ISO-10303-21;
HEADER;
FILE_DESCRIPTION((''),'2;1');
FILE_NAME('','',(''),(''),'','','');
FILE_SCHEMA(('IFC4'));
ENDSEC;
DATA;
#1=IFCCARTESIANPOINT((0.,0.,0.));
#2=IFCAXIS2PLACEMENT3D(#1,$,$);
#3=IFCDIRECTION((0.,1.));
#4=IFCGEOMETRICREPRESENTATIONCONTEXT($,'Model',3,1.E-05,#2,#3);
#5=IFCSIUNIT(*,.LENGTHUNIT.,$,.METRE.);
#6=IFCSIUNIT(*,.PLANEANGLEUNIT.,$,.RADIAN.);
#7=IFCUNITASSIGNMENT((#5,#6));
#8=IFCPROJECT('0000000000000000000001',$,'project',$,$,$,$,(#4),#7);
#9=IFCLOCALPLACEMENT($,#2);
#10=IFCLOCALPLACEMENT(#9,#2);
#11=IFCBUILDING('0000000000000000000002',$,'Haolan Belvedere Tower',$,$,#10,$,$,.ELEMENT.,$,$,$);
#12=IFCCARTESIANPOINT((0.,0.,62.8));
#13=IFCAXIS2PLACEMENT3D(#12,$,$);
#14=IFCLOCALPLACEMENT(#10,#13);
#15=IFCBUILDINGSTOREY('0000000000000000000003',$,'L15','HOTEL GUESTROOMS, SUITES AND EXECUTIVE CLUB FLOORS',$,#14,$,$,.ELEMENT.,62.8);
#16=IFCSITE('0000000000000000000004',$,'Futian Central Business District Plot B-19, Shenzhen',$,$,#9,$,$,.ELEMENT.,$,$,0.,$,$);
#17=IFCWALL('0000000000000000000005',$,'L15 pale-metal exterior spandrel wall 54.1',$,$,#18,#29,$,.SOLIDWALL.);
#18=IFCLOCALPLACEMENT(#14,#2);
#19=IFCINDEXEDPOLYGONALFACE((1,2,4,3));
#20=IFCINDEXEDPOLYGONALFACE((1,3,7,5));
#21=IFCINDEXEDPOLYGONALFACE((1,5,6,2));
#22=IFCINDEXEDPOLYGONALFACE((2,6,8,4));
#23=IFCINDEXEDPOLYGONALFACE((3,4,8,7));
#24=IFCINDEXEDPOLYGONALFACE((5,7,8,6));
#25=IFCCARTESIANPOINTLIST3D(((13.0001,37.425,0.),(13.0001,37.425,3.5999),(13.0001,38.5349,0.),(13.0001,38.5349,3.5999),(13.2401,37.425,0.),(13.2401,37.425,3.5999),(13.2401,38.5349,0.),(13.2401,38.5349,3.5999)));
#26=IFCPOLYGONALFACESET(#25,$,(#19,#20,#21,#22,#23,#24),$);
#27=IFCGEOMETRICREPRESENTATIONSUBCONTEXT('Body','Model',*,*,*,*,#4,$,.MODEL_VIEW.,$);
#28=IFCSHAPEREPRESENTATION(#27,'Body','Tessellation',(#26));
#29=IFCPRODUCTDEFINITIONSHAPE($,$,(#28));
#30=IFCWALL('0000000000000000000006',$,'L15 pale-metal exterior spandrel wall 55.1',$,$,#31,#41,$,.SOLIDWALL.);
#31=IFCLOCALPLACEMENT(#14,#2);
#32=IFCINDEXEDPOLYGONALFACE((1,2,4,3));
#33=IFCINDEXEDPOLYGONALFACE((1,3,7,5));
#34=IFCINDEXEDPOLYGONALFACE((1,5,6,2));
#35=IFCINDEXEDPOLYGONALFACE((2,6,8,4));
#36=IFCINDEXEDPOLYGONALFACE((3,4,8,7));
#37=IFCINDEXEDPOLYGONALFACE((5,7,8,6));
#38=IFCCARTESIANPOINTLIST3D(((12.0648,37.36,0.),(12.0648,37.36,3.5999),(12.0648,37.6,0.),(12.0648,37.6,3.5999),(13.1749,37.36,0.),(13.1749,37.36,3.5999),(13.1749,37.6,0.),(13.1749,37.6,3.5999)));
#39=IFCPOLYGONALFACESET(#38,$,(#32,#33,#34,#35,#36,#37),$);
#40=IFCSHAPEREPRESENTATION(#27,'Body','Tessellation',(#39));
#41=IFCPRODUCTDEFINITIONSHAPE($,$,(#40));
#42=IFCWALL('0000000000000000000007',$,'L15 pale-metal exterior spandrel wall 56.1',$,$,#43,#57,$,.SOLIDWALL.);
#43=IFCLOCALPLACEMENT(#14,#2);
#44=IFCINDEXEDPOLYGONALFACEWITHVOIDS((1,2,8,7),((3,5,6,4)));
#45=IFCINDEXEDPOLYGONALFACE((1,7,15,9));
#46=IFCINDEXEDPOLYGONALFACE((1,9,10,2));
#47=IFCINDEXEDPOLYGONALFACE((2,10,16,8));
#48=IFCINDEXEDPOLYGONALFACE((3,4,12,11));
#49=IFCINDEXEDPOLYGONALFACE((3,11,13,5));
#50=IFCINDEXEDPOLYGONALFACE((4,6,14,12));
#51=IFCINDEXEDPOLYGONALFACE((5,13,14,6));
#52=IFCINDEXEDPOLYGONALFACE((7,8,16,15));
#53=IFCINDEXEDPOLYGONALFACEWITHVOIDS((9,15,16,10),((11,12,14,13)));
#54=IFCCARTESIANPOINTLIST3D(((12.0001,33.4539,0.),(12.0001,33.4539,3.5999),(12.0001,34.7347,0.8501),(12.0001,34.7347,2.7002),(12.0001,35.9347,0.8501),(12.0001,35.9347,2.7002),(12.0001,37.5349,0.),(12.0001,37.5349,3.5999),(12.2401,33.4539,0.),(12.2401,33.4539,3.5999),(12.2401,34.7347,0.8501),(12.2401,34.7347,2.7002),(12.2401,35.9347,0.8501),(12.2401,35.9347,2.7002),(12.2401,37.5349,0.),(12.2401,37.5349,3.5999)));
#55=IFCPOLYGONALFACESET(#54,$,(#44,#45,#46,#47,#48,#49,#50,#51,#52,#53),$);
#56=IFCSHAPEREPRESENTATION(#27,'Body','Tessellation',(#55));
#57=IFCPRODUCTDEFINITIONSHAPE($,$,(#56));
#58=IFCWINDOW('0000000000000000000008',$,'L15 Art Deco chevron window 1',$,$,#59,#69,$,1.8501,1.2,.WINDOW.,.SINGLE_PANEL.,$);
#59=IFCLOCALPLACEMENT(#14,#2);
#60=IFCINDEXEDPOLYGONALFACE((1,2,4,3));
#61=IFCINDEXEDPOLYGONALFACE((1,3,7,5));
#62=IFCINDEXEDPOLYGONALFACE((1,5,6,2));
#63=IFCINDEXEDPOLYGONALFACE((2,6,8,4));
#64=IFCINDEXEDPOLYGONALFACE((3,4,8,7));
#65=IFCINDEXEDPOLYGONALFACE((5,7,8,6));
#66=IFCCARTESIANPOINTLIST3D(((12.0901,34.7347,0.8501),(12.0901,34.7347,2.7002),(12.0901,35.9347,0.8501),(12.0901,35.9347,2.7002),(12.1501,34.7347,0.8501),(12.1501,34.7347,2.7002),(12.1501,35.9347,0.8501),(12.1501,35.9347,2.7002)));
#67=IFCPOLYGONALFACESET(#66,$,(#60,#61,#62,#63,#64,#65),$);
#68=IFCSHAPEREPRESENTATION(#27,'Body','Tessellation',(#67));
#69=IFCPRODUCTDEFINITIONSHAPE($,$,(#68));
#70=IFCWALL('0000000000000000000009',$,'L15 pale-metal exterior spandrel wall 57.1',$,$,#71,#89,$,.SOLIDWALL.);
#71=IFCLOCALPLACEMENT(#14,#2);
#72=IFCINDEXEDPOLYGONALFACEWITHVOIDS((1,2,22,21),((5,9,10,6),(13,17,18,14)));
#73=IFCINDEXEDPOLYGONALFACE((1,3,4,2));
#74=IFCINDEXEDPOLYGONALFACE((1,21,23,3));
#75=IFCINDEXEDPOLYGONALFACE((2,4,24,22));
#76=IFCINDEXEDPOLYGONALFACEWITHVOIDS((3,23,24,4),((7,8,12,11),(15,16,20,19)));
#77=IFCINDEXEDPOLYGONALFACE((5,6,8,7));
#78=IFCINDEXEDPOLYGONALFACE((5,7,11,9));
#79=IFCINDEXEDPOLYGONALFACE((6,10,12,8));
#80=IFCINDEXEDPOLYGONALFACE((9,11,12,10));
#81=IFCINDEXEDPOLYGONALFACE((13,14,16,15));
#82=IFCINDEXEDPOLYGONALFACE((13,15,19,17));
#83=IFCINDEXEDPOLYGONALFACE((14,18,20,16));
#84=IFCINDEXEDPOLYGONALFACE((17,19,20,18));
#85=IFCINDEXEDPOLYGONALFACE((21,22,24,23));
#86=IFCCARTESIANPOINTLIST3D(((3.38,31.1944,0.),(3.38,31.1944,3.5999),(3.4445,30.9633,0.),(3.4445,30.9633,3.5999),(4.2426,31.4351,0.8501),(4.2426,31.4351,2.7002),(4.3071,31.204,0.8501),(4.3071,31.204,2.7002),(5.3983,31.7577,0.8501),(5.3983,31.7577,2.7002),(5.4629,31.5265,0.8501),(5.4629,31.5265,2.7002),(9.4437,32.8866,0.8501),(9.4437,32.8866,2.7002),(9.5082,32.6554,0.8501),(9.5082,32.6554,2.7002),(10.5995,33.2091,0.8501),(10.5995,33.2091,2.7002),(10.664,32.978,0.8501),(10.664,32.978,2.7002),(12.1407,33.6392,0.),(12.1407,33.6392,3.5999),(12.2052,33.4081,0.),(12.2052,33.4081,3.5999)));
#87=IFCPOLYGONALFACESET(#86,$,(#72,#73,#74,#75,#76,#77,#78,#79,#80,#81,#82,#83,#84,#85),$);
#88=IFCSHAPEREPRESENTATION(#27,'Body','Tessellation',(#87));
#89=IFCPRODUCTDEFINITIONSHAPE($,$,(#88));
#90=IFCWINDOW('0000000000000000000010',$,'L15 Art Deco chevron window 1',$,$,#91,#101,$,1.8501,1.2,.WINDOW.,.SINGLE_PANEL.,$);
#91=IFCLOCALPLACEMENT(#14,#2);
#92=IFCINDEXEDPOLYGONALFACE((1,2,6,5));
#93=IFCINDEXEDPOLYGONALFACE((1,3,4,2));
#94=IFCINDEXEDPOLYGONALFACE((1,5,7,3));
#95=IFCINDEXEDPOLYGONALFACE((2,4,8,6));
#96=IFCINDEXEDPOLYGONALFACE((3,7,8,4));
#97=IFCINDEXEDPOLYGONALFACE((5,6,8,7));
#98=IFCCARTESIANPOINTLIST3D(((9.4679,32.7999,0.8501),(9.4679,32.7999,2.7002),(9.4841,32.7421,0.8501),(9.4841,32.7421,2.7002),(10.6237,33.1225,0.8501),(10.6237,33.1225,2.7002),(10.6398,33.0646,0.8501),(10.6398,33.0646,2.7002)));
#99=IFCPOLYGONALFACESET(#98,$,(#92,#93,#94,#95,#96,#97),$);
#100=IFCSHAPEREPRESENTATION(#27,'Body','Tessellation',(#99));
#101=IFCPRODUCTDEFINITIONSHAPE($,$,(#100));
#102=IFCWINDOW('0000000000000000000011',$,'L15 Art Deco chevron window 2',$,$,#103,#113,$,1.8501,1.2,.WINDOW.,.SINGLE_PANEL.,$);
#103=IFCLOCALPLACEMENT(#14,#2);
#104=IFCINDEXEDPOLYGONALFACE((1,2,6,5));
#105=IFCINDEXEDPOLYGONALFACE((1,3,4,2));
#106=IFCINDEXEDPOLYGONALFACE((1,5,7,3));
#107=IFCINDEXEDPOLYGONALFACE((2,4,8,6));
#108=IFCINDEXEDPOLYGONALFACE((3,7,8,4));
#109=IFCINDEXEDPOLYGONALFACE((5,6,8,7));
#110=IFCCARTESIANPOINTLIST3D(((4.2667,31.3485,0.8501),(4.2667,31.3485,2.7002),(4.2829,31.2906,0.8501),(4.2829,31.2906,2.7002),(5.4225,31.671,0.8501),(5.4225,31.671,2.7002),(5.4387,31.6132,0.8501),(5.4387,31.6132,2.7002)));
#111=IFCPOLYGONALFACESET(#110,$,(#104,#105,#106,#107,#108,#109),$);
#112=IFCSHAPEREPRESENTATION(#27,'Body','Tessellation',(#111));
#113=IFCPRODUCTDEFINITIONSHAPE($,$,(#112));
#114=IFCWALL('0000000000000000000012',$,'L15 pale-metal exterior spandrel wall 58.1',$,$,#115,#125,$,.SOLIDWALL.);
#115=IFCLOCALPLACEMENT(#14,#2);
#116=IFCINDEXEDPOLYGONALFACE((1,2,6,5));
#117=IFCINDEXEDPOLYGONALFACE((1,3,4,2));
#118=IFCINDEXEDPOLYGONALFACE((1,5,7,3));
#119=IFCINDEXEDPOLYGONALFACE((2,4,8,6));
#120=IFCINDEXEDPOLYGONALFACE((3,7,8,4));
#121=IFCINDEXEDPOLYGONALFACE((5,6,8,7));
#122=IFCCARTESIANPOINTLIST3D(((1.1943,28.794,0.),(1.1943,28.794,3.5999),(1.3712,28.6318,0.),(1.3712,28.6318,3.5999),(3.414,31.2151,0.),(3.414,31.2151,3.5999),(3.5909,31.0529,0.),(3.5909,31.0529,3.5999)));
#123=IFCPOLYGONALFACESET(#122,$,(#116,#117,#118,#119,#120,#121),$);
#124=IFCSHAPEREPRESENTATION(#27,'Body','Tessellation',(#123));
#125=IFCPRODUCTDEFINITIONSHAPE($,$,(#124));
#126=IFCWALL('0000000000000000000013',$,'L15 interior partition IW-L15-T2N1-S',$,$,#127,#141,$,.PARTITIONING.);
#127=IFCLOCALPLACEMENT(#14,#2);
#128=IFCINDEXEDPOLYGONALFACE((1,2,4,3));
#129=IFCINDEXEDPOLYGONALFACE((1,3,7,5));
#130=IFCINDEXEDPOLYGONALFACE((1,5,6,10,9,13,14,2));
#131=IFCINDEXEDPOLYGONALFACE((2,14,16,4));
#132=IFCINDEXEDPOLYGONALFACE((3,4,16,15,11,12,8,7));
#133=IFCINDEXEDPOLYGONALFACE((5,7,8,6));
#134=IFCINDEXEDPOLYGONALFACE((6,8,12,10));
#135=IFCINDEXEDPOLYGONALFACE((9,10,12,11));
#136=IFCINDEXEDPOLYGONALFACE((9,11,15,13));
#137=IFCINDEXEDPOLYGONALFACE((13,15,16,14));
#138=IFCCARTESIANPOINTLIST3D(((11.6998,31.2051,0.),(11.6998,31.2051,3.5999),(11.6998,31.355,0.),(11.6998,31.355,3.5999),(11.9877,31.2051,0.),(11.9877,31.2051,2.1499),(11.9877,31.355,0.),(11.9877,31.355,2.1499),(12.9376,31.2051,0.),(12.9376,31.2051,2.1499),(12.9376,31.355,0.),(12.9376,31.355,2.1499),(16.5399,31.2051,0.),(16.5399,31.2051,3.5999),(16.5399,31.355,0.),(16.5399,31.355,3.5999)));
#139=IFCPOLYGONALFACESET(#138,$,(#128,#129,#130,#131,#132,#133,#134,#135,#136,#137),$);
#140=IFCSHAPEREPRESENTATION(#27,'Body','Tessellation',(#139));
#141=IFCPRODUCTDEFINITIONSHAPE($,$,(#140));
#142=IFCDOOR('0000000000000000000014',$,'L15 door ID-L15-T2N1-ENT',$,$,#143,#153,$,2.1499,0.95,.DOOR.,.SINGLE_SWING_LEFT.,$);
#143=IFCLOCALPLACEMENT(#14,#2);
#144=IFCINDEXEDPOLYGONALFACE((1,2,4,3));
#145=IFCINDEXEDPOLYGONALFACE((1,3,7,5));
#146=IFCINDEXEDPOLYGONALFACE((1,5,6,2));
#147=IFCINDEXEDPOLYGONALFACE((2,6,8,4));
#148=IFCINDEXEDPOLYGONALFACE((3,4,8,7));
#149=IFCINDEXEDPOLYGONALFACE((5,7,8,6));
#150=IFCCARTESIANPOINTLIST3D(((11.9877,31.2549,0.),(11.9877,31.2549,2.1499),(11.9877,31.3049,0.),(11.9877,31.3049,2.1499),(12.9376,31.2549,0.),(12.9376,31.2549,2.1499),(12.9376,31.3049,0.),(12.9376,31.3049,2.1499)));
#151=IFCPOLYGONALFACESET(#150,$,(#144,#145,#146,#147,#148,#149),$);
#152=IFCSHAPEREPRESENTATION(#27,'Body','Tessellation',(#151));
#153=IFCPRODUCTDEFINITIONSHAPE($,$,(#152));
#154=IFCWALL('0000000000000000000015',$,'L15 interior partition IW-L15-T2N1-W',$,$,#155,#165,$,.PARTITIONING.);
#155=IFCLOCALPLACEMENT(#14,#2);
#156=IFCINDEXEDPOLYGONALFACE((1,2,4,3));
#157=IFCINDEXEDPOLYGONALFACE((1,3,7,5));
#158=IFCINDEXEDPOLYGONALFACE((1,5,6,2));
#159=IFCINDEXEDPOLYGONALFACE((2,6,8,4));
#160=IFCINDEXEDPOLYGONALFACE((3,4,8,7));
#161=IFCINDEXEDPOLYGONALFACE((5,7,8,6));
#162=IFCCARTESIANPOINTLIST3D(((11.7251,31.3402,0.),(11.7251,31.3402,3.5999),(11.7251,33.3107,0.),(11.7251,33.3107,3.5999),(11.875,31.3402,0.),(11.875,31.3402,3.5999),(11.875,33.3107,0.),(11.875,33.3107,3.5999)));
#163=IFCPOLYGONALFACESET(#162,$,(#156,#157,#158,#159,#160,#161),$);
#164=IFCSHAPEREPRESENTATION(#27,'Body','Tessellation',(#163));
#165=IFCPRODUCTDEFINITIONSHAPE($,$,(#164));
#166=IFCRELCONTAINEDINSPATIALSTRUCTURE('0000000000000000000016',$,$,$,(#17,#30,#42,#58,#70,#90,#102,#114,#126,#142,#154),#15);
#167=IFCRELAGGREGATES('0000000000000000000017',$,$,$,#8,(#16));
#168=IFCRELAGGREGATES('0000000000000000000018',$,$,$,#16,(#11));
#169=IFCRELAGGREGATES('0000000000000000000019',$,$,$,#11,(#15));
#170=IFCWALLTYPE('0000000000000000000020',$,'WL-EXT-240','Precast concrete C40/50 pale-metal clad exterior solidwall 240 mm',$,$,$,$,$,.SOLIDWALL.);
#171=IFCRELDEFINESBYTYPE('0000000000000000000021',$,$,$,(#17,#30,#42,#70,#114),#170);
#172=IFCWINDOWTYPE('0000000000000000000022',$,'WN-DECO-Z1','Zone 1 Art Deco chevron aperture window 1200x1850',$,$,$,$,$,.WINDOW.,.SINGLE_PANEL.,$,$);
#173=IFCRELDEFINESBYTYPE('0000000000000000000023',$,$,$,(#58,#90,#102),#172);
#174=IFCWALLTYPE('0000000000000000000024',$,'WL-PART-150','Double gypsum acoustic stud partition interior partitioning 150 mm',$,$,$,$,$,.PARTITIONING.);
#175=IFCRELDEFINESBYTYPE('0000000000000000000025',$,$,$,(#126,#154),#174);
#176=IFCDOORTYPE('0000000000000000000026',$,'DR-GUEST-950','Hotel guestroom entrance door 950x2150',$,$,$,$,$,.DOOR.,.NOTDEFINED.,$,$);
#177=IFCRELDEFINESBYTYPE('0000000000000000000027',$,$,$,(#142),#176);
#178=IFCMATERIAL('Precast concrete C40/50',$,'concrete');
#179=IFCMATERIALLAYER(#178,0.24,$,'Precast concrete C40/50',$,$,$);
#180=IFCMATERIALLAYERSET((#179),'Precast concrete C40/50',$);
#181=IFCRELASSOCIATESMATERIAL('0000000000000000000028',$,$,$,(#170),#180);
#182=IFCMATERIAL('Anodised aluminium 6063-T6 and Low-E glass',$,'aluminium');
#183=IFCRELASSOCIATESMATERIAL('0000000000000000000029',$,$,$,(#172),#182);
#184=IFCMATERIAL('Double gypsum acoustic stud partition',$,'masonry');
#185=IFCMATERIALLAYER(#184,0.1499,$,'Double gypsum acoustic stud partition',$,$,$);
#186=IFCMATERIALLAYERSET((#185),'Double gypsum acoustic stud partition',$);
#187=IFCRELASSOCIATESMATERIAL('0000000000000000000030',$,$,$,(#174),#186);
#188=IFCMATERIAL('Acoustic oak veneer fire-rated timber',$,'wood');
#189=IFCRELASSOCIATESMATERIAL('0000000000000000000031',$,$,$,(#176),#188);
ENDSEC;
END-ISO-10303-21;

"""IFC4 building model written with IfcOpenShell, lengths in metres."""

from ifc_helpers import new_model, si_unit, direction, frame, frame_2d, origin, place, context, subcontext, project, spatial, rectangle, extrude, material, layer, layer_set, type_object, element, fill, save


model = new_model("IFC4")

# Units and contexts
model_context = context("Model", 3, precision=1e-05, world=origin(), true_north=direction((0.0, 1.0)))
body_context = subcontext(model_context, "Body", "Model", "MODEL_VIEW")
ifc_project = project(units=[si_unit("LENGTHUNIT", "METRE"), si_unit("PLANEANGLEUNIT", "RADIAN")], contexts=[model_context])

# Site, building, storey
site_placement = place(None, origin())
site = spatial("IfcSite", under=ifc_project, at=site_placement, Name="Futian Central Business District Plot B-19, Shenzhen", CompositionType="ELEMENT", RefElevation=0.0)
building_placement = place(site_placement, origin())
building = spatial("IfcBuilding", under=site, at=building_placement, Name="Haolan Belvedere Tower", CompositionType="ELEMENT")
storey_placement = place(building_placement, frame((0.0, 0.0, 62.8)))
storey = spatial("IfcBuildingStorey", under=building, at=storey_placement, Name="L15", Description="HOTEL GUESTROOMS, SUITES AND EXECUTIVE CLUB FLOORS", CompositionType="ELEMENT", Elevation=62.8)

# Walls
ifc_material_1 = material(Name="Precast concrete C40/50", Category="concrete")
ifc_layer_1 = layer(ifc_material_1, 0.24, Name="Precast concrete C40/50")
ifc_layer_set_1 = layer_set([ifc_layer_1], Name="Precast concrete C40/50")
wall_type_1 = type_object("IfcWallType", Name="WL-EXT-240", Description="Precast concrete C40/50 pale-metal clad exterior solidwall 240 mm", PredefinedType="SOLIDWALL", material=ifc_layer_set_1)
wall_1_placement = place(storey_placement, frame((13.1201, 38.5349, 0.0), z_axis=(0.0, 0.0, 1.0), x_axis=(0.0, -1.0, 0.0)))
element("IfcWall", 1, at=wall_1_placement, inside=storey, type_object=wall_type_1, Name="L15 pale-metal exterior spandrel wall 54.1", PredefinedType="SOLIDWALL", context=body_context, shape_type="SweptSolid", body=[
    extrude(rectangle(XDim=1.1099, YDim=0.24, at=frame_2d((0.5549, 0.0))), origin(), (0.0, 0.0, 1.0), 3.5999),
])
wall_2_placement = place(storey_placement, frame((13.175, 37.48, 0.0), z_axis=(0.0, 0.0, 1.0), x_axis=(-1.0, 0.0, 0.0)))
element("IfcWall", 2, at=wall_2_placement, inside=storey, type_object=wall_type_1, Name="L15 pale-metal exterior spandrel wall 55.1", PredefinedType="SOLIDWALL", context=body_context, shape_type="SweptSolid", body=[
    extrude(rectangle(XDim=1.1101, YDim=0.24, at=frame_2d((0.5552, 0.0))), origin(), (0.0, 0.0, 1.0), 3.5999),
])

# Wall, opening, window
wall_3_placement = place(storey_placement, frame((12.1201, 37.5349, 0.0), z_axis=(0.0, 0.0, 1.0), x_axis=(0.0, -1.0, 0.0)))
wall_3 = element("IfcWall", 3, at=wall_3_placement, inside=storey, type_object=wall_type_1, Name="L15 pale-metal exterior spandrel wall 56.1", PredefinedType="SOLIDWALL", context=body_context, shape_type="SweptSolid", body=[
    extrude(rectangle(XDim=4.0811, YDim=0.24, at=frame_2d((2.0405, 0.0))), origin(), (0.0, 0.0, 1.0), 3.5999),
])
opening_1_placement = place(wall_3_placement, frame((1.6001, 0.0, 0.8501)))
opening_1 = element("IfcOpeningElement", 4, at=opening_1_placement, cuts=wall_3, PredefinedType="OPENING", context=body_context, shape_type="SweptSolid", body=[
    extrude(rectangle(XDim=1.2, YDim=1.8501, at=frame_2d((0.6001, 0.925))), frame((0.0, 0.1299, 0.0), z_axis=(0.0, -1.0, 0.0), x_axis=(1.0, 0.0, 0.0)), (0.0, 0.0, 1.0), 0.26),
])
ifc_material_2 = material(Name="Anodised aluminium 6063-T6 and Low-E glass", Category="aluminium")
window_type = type_object("IfcWindowType", Name="WN-DECO-Z1", Description="Zone 1 Art Deco chevron aperture window 1200x1850", PartitioningType="SINGLE_PANEL", PredefinedType="WINDOW", material=ifc_material_2)
window_1_placement = place(opening_1_placement, origin())
window_1 = element("IfcWindow", 5, at=window_1_placement, inside=storey, type_object=window_type, Name="L15 Art Deco chevron window 1", OverallHeight=1.8501, OverallWidth=1.2, PartitioningType="SINGLE_PANEL", PredefinedType="WINDOW", context=body_context, shape_type="SweptSolid", body=[
    extrude(rectangle(XDim=1.2, YDim=1.8501, at=frame_2d((0.6001, 0.925))), frame((0.0, 0.03, 0.0), z_axis=(0.0, -1.0, 0.0), x_axis=(1.0, 0.0, 0.0)), (0.0, 0.0, 1.0), 0.0601),
])
fill(opening_1, window_1)

# Wall, openings, windows
wall_4_placement = place(storey_placement, frame((12.1731, 33.5237, 0.0), z_axis=(0.0, 0.0, 1.0), x_axis=(-0.963197, -0.268795, 0.0)))
wall_4 = element("IfcWall", 6, at=wall_4_placement, inside=storey, type_object=wall_type_1, Name="L15 pale-metal exterior spandrel wall 57.1", PredefinedType="SOLIDWALL", context=body_context, shape_type="SweptSolid", body=[
    extrude(rectangle(XDim=9.0955, YDim=0.24, at=frame_2d((4.5479, 0.0))), origin(), (0.0, 0.0, 1.0), 3.5999),
])
opening_2_placement = place(wall_4_placement, frame((1.6001, 0.0, 0.8501)))
opening_2 = element("IfcOpeningElement", 7, at=opening_2_placement, cuts=wall_4, PredefinedType="OPENING", context=body_context, shape_type="SweptSolid", body=[
    extrude(rectangle(XDim=1.2, YDim=1.8501, at=frame_2d((0.6001, 0.925))), frame((0.0, 0.1299, 0.0), z_axis=(0.0, -1.0, 0.0), x_axis=(1.0, 0.0, 0.0)), (0.0, 0.0, 1.0), 0.26),
])
opening_3_placement = place(wall_4_placement, frame((7.0, 0.0, 0.8501)))
opening_3 = element("IfcOpeningElement", 8, at=opening_3_placement, cuts=wall_4, PredefinedType="OPENING", context=body_context, shape_type="SweptSolid", body=[
    extrude(rectangle(XDim=1.2, YDim=1.8501, at=frame_2d((0.6001, 0.925))), frame((0.0, 0.1299, 0.0), z_axis=(0.0, -1.0, 0.0), x_axis=(1.0, 0.0, 0.0)), (0.0, 0.0, 1.0), 0.26),
])
window_2_placement = place(opening_2_placement, origin())
window_2 = element("IfcWindow", 9, at=window_2_placement, inside=storey, type_object=window_type, Name="L15 Art Deco chevron window 1", OverallHeight=1.8501, OverallWidth=1.2, PartitioningType="SINGLE_PANEL", PredefinedType="WINDOW", context=body_context, shape_type="SweptSolid", body=[
    extrude(rectangle(XDim=1.2, YDim=1.8501, at=frame_2d((0.6001, 0.925))), frame((0.0, 0.03, 0.0), z_axis=(0.0, -1.0, 0.0), x_axis=(1.0, 0.0, 0.0)), (0.0, 0.0, 1.0), 0.0601),
])
fill(opening_2, window_2)
window_3_placement = place(opening_3_placement, origin())
window_3 = element("IfcWindow", 10, at=window_3_placement, inside=storey, type_object=window_type, Name="L15 Art Deco chevron window 2", OverallHeight=1.8501, OverallWidth=1.2, PartitioningType="SINGLE_PANEL", PredefinedType="WINDOW", context=body_context, shape_type="SweptSolid", body=[
    extrude(rectangle(XDim=1.2, YDim=1.8501, at=frame_2d((0.6001, 0.925))), frame((0.0, 0.03, 0.0), z_axis=(0.0, -1.0, 0.0), x_axis=(1.0, 0.0, 0.0)), (0.0, 0.0, 1.0), 0.0601),
])
fill(opening_3, window_3)

# Wall
wall_5_placement = place(storey_placement, frame((3.5024, 31.134, 0.0), z_axis=(0.0, 0.0, 1.0), x_axis=(-0.675782, -0.737102, 0.0)))
element("IfcWall", 11, at=wall_5_placement, inside=storey, type_object=wall_type_1, Name="L15 pale-metal exterior spandrel wall 58.1", PredefinedType="SOLIDWALL", context=body_context, shape_type="SweptSolid", body=[
    extrude(rectangle(XDim=3.2847, YDim=0.24, at=frame_2d((1.6423, 0.0))), origin(), (0.0, 0.0, 1.0), 3.5999),
])

# Wall, opening, door
ifc_material_3 = material(Name="Double gypsum acoustic stud partition", Category="masonry")
ifc_layer_2 = layer(ifc_material_3, 0.1499, Name="Double gypsum acoustic stud partition")
ifc_layer_set_2 = layer_set([ifc_layer_2], Name="Double gypsum acoustic stud partition")
wall_type_2 = type_object("IfcWallType", Name="WL-PART-150", Description="Double gypsum acoustic stud partition interior partitioning 150 mm", PredefinedType="PARTITIONING", material=ifc_layer_set_2)
wall_6_placement = place(storey_placement, frame((11.7, 31.28, 0.0), z_axis=(0.0, 0.0, 1.0), x_axis=(1.0, 0.0, 0.0)))
wall_6 = element("IfcWall", 12, at=wall_6_placement, inside=storey, type_object=wall_type_2, Name="L15 interior partition IW-L15-T2N1-S", PredefinedType="PARTITIONING", context=body_context, shape_type="SweptSolid", body=[
    extrude(rectangle(XDim=4.8401, YDim=0.1499, at=frame_2d((2.4199, 0.0))), origin(), (0.0, 0.0, 1.0), 3.5999),
])
opening_4_placement = place(wall_6_placement, frame((0.2876, 0.0, 0.0)))
opening_4 = element("IfcOpeningElement", 13, at=opening_4_placement, cuts=wall_6, PredefinedType="OPENING", context=body_context, shape_type="SweptSolid", body=[
    extrude(rectangle(XDim=0.95, YDim=2.1499, at=frame_2d((0.4751, 1.075))), frame((0.0, 0.085, 0.0), z_axis=(0.0, -1.0, 0.0), x_axis=(1.0, 0.0, 0.0)), (0.0, 0.0, 1.0), 0.1699),
])
ifc_material_4 = material(Name="Acoustic oak veneer fire-rated timber", Category="wood")
door_type_1 = type_object("IfcDoorType", Name="DR-GUEST-950", Description="Hotel guestroom entrance door 950x2150", OperationType="NOTDEFINED", PredefinedType="DOOR", material=ifc_material_4)
door_1_placement = place(opening_4_placement, origin())
door_1 = element("IfcDoor", 14, at=door_1_placement, inside=storey, type_object=door_type_1, Name="L15 door ID-L15-T2N1-ENT", OperationType="SINGLE_SWING_LEFT", OverallHeight=2.1499, OverallWidth=0.95, PredefinedType="DOOR", context=body_context, shape_type="SweptSolid", body=[
    extrude(rectangle(XDim=0.95, YDim=2.1499, at=frame_2d((0.4751, 1.075))), frame((0.0, 0.0249, 0.0), z_axis=(0.0, -1.0, 0.0), x_axis=(1.0, 0.0, 0.0)), (0.0, 0.0, 1.0), 0.05),
])
fill(opening_4, door_1)

# Wall
wall_7_placement = place(storey_placement, frame((11.8, 31.3401, 0.0), z_axis=(0.0, 0.0, 1.0), x_axis=(0.0, 1.0, 0.0)))
element("IfcWall", 15, at=wall_7_placement, inside=storey, type_object=wall_type_2, Name="L15 interior partition IW-L15-T2N1-W", PredefinedType="PARTITIONING", context=body_context, shape_type="SweptSolid", body=[
    extrude(rectangle(XDim=1.9705, YDim=0.1499, at=frame_2d((0.9854, 0.0))), origin(), (0.0, 0.0, 1.0), 3.5999),
])

save(model, "model.ifc")
